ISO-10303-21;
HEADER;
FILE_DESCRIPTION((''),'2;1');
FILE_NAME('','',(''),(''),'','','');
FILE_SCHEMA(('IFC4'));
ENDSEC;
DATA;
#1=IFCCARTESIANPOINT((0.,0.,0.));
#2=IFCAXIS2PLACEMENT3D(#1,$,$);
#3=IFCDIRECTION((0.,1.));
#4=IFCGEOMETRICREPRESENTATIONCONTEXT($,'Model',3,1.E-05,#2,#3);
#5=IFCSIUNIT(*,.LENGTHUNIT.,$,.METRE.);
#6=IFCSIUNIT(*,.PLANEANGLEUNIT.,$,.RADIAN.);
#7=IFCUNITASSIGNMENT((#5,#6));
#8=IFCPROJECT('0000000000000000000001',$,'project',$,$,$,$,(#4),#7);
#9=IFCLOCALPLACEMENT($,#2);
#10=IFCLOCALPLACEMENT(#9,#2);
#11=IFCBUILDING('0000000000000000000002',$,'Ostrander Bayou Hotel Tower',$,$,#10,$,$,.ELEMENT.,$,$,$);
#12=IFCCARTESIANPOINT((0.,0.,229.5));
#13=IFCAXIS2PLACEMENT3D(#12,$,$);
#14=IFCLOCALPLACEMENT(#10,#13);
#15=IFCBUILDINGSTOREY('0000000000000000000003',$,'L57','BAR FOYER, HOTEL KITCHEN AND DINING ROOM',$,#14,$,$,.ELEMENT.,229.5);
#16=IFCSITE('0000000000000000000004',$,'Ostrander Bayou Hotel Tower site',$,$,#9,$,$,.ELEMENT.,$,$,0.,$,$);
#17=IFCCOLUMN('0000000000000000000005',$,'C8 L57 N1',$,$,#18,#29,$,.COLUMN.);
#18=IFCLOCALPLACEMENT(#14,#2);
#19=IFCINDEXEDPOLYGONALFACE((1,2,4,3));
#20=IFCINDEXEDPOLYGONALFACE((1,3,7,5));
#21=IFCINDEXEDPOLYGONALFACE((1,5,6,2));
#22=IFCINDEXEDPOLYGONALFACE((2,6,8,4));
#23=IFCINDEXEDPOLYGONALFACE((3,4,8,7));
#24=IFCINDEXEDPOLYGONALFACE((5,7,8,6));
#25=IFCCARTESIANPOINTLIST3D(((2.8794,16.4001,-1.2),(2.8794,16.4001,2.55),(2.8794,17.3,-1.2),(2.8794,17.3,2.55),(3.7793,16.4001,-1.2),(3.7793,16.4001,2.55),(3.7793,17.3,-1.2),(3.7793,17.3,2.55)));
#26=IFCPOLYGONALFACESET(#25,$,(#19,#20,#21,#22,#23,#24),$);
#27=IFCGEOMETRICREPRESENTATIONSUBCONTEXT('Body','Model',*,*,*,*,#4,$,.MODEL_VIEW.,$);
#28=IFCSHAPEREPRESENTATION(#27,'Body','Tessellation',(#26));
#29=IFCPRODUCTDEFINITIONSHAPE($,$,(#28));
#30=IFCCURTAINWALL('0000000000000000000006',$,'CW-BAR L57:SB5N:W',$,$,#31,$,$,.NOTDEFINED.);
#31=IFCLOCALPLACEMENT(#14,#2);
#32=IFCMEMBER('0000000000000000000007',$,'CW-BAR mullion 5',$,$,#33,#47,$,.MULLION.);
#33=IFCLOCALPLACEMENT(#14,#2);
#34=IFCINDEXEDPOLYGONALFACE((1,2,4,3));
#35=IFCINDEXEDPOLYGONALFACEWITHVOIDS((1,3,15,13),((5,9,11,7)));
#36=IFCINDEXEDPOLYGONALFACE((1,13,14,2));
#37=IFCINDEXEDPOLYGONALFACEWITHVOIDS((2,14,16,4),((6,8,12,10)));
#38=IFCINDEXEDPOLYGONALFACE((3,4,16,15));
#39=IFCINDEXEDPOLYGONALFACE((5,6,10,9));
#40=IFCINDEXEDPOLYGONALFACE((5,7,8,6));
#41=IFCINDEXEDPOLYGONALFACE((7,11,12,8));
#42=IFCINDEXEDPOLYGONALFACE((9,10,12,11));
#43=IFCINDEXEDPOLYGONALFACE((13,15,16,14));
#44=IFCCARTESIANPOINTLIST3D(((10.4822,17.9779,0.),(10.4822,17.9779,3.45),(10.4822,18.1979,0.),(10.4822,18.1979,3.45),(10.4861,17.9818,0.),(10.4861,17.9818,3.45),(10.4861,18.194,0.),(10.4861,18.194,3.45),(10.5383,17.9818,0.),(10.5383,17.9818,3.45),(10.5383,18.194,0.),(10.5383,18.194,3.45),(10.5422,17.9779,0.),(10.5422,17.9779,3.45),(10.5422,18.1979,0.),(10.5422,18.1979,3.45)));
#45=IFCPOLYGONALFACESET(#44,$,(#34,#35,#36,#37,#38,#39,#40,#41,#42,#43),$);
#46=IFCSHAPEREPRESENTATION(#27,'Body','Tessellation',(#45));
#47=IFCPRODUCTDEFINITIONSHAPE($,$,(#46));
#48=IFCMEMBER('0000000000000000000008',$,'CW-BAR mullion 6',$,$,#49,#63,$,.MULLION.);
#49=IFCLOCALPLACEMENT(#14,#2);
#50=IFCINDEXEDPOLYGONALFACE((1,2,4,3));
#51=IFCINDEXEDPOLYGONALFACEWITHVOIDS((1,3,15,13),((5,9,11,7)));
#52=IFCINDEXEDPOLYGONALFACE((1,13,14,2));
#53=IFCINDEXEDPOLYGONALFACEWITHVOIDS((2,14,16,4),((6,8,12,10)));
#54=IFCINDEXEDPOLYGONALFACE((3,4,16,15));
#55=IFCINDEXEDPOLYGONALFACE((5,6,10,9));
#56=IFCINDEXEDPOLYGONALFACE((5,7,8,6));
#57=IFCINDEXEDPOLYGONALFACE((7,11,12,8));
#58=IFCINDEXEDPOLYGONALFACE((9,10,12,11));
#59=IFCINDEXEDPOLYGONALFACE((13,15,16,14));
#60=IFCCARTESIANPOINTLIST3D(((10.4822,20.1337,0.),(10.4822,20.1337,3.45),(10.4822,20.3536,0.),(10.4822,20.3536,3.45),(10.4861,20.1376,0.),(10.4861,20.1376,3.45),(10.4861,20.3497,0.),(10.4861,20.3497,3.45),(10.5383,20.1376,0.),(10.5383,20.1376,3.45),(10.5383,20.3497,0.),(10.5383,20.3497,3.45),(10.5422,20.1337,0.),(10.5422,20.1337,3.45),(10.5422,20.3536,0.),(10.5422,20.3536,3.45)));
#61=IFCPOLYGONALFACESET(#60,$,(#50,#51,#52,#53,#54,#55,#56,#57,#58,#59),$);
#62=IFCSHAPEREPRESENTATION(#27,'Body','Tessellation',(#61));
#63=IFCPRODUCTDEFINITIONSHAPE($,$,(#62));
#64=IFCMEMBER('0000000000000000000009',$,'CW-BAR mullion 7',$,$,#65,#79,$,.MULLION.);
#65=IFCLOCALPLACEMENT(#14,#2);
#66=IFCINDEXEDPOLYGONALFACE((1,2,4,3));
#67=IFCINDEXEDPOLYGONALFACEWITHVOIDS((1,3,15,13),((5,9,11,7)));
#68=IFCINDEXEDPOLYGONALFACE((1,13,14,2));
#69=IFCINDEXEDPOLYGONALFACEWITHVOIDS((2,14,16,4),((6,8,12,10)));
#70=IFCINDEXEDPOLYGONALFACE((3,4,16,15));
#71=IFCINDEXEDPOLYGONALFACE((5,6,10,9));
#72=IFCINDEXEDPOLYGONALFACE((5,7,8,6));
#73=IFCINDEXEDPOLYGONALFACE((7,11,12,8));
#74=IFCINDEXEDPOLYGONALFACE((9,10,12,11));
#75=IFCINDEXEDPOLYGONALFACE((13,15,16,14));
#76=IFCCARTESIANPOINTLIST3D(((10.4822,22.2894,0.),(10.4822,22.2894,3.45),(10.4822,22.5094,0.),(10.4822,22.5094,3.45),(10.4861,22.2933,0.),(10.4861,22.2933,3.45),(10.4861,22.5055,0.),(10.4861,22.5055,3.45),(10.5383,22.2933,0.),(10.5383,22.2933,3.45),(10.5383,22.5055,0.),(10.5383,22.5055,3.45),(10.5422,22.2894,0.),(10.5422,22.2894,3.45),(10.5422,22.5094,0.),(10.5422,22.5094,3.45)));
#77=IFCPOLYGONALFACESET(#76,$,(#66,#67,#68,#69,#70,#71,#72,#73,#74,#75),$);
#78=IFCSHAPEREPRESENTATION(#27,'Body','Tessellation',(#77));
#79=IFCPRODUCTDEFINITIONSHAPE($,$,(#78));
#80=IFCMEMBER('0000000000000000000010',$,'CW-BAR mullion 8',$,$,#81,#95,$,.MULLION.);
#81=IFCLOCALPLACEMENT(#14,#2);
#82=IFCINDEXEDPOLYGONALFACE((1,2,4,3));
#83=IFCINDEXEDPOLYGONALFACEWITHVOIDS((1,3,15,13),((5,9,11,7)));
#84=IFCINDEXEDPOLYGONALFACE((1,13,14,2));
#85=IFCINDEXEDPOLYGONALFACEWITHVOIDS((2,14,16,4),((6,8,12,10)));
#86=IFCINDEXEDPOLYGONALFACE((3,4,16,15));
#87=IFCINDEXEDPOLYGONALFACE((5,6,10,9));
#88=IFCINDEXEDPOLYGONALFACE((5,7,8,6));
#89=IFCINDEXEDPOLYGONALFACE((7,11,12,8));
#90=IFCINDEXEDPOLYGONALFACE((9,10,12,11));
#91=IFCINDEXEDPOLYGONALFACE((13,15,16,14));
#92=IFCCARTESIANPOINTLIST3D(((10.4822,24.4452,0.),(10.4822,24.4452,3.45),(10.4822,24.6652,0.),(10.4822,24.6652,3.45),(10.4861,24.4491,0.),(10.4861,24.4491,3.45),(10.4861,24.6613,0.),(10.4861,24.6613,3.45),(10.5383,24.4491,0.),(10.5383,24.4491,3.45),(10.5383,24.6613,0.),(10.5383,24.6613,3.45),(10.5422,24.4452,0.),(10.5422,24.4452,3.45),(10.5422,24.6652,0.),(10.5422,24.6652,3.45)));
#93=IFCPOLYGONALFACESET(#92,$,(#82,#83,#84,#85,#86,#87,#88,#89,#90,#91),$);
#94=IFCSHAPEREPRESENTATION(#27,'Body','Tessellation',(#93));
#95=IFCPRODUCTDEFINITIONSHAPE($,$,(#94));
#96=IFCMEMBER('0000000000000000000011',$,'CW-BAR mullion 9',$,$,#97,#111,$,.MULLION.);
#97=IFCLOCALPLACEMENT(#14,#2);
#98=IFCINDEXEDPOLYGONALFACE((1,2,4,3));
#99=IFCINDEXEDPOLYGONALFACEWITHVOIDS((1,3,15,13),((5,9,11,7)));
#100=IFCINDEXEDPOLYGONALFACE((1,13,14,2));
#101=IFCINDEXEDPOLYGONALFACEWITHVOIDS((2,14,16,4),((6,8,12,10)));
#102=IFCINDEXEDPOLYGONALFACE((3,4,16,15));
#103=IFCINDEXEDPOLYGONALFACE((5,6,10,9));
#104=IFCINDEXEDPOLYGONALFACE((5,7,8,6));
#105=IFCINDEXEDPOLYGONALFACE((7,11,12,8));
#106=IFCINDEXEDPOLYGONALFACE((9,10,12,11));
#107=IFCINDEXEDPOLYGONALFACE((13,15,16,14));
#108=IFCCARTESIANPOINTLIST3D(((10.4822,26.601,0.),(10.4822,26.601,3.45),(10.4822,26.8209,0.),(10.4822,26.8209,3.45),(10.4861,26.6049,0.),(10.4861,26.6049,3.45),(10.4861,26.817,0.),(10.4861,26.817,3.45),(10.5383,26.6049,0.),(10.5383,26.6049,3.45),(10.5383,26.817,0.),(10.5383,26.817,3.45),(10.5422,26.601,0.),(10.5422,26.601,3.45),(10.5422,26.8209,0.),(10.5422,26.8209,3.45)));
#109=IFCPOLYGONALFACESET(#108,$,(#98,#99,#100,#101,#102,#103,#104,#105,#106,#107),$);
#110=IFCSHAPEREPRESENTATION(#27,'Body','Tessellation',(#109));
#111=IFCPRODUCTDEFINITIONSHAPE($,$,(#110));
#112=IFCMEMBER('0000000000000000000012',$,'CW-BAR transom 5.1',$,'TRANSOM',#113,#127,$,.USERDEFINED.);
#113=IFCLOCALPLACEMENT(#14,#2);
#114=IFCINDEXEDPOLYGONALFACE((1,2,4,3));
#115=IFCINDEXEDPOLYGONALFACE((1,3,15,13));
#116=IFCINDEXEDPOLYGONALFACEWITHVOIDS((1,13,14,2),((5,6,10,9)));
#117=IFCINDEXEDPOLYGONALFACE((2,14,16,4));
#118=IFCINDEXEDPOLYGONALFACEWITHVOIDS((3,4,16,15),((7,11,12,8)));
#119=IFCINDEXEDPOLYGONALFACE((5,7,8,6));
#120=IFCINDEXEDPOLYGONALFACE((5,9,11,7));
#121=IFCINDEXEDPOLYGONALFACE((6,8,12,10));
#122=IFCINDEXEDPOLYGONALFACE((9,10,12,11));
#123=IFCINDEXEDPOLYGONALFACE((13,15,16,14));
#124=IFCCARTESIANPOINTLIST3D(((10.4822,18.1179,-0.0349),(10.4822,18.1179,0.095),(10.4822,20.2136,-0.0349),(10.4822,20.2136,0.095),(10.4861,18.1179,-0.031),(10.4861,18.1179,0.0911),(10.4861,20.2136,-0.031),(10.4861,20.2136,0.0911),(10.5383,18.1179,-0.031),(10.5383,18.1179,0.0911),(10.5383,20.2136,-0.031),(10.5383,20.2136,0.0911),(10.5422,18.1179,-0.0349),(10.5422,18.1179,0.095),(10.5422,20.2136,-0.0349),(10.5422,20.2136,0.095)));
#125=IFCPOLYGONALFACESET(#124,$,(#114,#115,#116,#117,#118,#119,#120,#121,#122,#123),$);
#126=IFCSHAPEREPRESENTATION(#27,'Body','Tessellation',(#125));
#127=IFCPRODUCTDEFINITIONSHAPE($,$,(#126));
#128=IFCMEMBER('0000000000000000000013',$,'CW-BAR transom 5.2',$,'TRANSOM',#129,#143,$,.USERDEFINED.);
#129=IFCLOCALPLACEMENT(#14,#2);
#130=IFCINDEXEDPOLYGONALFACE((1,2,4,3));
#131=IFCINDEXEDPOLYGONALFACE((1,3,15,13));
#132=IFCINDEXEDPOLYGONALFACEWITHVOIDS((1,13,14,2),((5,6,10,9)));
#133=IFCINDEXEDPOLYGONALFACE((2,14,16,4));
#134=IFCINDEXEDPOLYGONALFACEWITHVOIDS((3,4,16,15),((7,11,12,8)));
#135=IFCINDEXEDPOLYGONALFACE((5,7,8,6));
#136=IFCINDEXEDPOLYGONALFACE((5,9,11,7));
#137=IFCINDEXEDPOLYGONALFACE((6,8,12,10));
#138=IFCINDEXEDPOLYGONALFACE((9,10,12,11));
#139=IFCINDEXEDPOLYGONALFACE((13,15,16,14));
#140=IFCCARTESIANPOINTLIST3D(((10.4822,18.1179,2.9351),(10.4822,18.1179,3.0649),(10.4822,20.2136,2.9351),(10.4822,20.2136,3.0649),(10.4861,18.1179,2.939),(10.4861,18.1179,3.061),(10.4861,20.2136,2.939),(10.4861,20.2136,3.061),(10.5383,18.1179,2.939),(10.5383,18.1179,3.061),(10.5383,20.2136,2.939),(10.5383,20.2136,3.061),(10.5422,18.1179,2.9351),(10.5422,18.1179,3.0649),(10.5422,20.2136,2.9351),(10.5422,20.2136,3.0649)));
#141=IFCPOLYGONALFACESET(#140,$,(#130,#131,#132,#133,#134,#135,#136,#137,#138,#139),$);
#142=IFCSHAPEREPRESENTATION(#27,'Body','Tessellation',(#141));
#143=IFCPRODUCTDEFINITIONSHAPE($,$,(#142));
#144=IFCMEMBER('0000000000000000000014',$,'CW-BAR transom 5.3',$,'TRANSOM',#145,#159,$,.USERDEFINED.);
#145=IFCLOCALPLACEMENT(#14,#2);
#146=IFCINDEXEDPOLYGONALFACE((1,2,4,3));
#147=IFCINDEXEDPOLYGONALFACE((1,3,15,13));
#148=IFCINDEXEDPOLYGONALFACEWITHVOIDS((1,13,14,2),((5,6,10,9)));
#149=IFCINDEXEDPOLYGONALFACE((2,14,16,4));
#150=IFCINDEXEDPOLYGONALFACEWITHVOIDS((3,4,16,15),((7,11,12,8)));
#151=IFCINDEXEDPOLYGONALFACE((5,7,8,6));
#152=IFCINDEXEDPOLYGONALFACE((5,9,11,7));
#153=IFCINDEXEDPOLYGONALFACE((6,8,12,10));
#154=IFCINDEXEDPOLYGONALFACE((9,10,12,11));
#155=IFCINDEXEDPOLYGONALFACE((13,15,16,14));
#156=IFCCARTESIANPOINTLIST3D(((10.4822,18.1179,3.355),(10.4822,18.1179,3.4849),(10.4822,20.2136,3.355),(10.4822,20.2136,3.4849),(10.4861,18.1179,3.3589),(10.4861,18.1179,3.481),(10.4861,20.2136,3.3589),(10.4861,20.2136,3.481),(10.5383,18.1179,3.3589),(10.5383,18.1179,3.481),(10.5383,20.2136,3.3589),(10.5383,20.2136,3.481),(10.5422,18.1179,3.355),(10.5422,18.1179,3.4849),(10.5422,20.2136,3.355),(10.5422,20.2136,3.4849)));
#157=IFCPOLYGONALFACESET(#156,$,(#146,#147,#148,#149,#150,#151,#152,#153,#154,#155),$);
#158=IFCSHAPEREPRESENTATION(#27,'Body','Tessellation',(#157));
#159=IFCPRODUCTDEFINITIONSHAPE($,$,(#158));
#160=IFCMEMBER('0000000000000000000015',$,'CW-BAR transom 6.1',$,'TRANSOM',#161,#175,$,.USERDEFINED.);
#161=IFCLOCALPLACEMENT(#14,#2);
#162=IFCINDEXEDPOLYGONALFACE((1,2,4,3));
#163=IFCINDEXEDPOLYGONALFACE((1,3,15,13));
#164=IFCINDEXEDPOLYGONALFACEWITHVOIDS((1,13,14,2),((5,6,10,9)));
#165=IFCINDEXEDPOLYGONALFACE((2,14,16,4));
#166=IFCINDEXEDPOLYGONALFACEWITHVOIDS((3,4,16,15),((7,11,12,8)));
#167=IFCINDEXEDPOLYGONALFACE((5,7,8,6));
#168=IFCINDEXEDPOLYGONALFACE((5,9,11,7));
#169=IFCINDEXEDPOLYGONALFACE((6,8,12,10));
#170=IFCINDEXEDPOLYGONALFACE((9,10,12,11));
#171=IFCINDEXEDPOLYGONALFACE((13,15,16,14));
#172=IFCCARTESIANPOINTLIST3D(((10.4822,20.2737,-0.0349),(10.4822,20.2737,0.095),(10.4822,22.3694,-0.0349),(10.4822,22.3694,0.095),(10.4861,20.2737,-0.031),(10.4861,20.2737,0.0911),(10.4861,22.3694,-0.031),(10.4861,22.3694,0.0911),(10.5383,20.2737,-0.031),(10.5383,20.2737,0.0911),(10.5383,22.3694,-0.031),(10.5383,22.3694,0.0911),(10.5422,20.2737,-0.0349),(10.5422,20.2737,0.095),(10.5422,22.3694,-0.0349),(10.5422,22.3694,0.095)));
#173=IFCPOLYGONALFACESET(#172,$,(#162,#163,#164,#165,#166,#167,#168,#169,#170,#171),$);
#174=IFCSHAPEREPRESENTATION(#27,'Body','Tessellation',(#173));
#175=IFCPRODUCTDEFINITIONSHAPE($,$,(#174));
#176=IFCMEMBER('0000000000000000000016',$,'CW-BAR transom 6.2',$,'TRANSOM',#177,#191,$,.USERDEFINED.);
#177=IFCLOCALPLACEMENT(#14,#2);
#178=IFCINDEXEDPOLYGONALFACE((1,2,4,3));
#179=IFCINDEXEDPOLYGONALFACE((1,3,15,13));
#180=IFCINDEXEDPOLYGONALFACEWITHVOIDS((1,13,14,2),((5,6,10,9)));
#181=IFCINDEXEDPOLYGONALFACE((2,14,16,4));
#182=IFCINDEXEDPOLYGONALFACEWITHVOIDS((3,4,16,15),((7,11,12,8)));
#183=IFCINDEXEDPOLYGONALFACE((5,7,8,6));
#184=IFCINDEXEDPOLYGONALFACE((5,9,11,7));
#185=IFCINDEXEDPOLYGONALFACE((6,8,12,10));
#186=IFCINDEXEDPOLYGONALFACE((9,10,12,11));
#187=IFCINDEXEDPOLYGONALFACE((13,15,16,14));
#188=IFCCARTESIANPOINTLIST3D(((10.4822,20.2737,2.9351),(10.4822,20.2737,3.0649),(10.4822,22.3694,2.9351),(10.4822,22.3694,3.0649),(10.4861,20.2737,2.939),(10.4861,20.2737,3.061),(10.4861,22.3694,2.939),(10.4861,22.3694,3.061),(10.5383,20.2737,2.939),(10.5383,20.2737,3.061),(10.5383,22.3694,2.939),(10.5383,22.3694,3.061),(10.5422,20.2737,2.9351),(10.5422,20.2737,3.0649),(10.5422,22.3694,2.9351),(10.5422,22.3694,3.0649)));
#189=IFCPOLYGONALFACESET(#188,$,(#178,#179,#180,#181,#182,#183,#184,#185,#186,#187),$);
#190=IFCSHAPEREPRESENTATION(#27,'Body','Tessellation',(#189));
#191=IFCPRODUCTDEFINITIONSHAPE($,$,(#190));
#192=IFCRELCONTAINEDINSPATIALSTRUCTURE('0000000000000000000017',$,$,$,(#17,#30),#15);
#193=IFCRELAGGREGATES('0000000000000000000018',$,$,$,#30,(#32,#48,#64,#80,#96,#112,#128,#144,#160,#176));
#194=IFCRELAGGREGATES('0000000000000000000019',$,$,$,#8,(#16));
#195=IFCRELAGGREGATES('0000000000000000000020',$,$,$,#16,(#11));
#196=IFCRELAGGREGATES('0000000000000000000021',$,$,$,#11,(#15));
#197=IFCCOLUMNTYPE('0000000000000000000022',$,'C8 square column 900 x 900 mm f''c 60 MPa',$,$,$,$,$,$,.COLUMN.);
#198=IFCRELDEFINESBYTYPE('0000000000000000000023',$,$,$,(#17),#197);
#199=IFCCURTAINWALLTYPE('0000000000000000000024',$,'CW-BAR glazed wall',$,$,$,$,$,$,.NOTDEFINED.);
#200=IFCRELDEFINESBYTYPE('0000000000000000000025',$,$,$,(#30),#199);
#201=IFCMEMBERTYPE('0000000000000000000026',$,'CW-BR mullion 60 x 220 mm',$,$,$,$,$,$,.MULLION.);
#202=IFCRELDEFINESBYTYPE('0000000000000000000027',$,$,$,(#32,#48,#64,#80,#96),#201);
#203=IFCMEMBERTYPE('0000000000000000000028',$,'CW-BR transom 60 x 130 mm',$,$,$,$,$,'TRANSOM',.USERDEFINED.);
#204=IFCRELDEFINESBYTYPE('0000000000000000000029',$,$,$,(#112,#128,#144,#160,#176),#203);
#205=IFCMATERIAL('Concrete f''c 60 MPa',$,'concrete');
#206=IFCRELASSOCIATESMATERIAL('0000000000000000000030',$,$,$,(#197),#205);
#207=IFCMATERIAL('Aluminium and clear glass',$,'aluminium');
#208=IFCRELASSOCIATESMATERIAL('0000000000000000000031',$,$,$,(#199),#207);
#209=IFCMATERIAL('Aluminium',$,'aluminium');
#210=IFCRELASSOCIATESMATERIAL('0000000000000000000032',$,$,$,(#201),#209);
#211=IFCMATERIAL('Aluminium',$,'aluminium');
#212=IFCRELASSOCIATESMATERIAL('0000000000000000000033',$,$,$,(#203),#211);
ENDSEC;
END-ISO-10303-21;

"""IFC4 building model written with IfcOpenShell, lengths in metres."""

from ifc_helpers import new_model, si_unit, direction, frame, origin, origin_2d, place, context, subcontext, project, spatial, rectangle, hollow_rectangle, extrude, material, material_profile, profile_set, type_object, element, aggregate, save


model = new_model("IFC4")

# Units and contexts
model_context = context("Model", 3, precision=1e-05, world=origin(), true_north=direction((0.0, 1.0)))
body_context = subcontext(model_context, "Body", "Model", "MODEL_VIEW")
ifc_project = project(units=[si_unit("LENGTHUNIT", "METRE"), si_unit("PLANEANGLEUNIT", "RADIAN")], contexts=[model_context])

# Site, building, storey
site_placement = place(None, origin())
site = spatial("IfcSite", under=ifc_project, at=site_placement, Name="Ostrander Bayou Hotel Tower site", CompositionType="ELEMENT", RefElevation=0.0)
building_placement = place(site_placement, origin())
building = spatial("IfcBuilding", under=site, at=building_placement, Name="Ostrander Bayou Hotel Tower", CompositionType="ELEMENT")
storey_placement = place(building_placement, frame((0.0, 0.0, 229.5)))
storey = spatial("IfcBuildingStorey", under=building, at=storey_placement, Name="L57", Description="BAR FOYER, HOTEL KITCHEN AND DINING ROOM", CompositionType="ELEMENT", Elevation=229.5)

# Column
ifc_material_1 = material(Name="Concrete f'c 60 MPa", Category="concrete")
ifc_material_profile_1 = material_profile(ifc_material_1, rectangle(XDim=0.8999, YDim=0.8999, at=origin_2d()))
ifc_profile_set_1 = profile_set([ifc_material_profile_1], Name="Concrete f'c 60 MPa")
column_type = type_object("IfcColumnType", Name="C8 square column 900 x 900 mm f'c 60 MPa", PredefinedType="COLUMN", material=ifc_profile_set_1)
column_placement = place(storey_placement, frame((3.3293, 16.8501, -1.2), z_axis=(0.0, 0.0, 1.0), x_axis=(1.0, 0.0, 0.0)))
element("IfcColumn", 1, at=column_placement, inside=storey, type_object=column_type, Name="C8 L57 N1", PredefinedType="COLUMN", context=body_context, shape_type="SweptSolid", body=[
    extrude(rectangle(XDim=0.8999, YDim=0.8999, at=origin_2d()), origin(), (0.0, 0.0, 1.0), 3.75),
])

# Curtain wall, members
ifc_material_2 = material(Name="Aluminium and clear glass", Category="aluminium")
curtain_wall_type = type_object("IfcCurtainWallType", Name="CW-BAR glazed wall", PredefinedType="NOTDEFINED", material=ifc_material_2)
curtain_wall_placement = place(storey_placement, origin())
curtain_wall = element("IfcCurtainWall", 2, at=curtain_wall_placement, inside=storey, type_object=curtain_wall_type, Name="CW-BAR L57:SB5N:W", PredefinedType="NOTDEFINED")
ifc_material_3 = material(Name="Aluminium", Category="aluminium")
ifc_material_profile_2 = material_profile(ifc_material_3, hollow_rectangle(XDim=0.0601, YDim=0.22, WallThickness=0.0039, at=origin_2d()))
ifc_profile_set_2 = profile_set([ifc_material_profile_2], Name="Aluminium")
member_type_1 = type_object("IfcMemberType", Name="CW-BR mullion 60 x 220 mm", PredefinedType="MULLION", material=ifc_profile_set_2)
member_1_placement = place(storey_placement, frame((10.5122, 18.0879, 0.0), z_axis=(0.0, 0.0, 1.0), x_axis=(-1.0, 0.0, 0.0)))
member_1 = element("IfcMember", 3, at=member_1_placement, type_object=member_type_1, Name="CW-BAR mullion 5", PredefinedType="MULLION", context=body_context, shape_type="SweptSolid", body=[
    extrude(hollow_rectangle(XDim=0.0601, YDim=0.22, WallThickness=0.0039, at=origin_2d()), origin(), (0.0, 0.0, 1.0), 3.45),
])
member_2_placement = place(storey_placement, frame((10.5122, 20.2437, 0.0), z_axis=(0.0, 0.0, 1.0), x_axis=(-1.0, 0.0, 0.0)))
member_2 = element("IfcMember", 4, at=member_2_placement, type_object=member_type_1, Name="CW-BAR mullion 6", PredefinedType="MULLION", context=body_context, shape_type="SweptSolid", body=[
    extrude(hollow_rectangle(XDim=0.0601, YDim=0.22, WallThickness=0.0039, at=origin_2d()), origin(), (0.0, 0.0, 1.0), 3.45),
])
member_3_placement = place(storey_placement, frame((10.5122, 22.3994, 0.0), z_axis=(0.0, 0.0, 1.0), x_axis=(-1.0, 0.0, 0.0)))
member_3 = element("IfcMember", 5, at=member_3_placement, type_object=member_type_1, Name="CW-BAR mullion 7", PredefinedType="MULLION", context=body_context, shape_type="SweptSolid", body=[
    extrude(hollow_rectangle(XDim=0.0601, YDim=0.22, WallThickness=0.0039, at=origin_2d()), origin(), (0.0, 0.0, 1.0), 3.45),
])
member_4_placement = place(storey_placement, frame((10.5122, 24.5552, 0.0), z_axis=(0.0, 0.0, 1.0), x_axis=(-1.0, 0.0, 0.0)))
member_4 = element("IfcMember", 6, at=member_4_placement, type_object=member_type_1, Name="CW-BAR mullion 8", PredefinedType="MULLION", context=body_context, shape_type="SweptSolid", body=[
    extrude(hollow_rectangle(XDim=0.0601, YDim=0.22, WallThickness=0.0039, at=origin_2d()), origin(), (0.0, 0.0, 1.0), 3.45),
])
member_5_placement = place(storey_placement, frame((10.5122, 26.7109, 0.0), z_axis=(0.0, 0.0, 1.0), x_axis=(-1.0, 0.0, 0.0)))
member_5 = element("IfcMember", 7, at=member_5_placement, type_object=member_type_1, Name="CW-BAR mullion 9", PredefinedType="MULLION", context=body_context, shape_type="SweptSolid", body=[
    extrude(hollow_rectangle(XDim=0.0601, YDim=0.22, WallThickness=0.0039, at=origin_2d()), origin(), (0.0, 0.0, 1.0), 3.45),
])
ifc_material_4 = material(Name="Aluminium", Category="aluminium")
ifc_material_profile_3 = material_profile(ifc_material_4, hollow_rectangle(XDim=0.0601, YDim=0.1299, WallThickness=0.0039, at=origin_2d()))
ifc_profile_set_3 = profile_set([ifc_material_profile_3], Name="Aluminium")
member_type_2 = type_object("IfcMemberType", Name="CW-BR transom 60 x 130 mm", ElementType="TRANSOM", PredefinedType="USERDEFINED", material=ifc_profile_set_3)
member_6_placement = place(storey_placement, frame((10.5122, 18.1179, 0.03), z_axis=(0.0, 1.0, 0.0), x_axis=(-1.0, 0.0, 0.0)))
member_6 = element("IfcMember", 8, at=member_6_placement, type_object=member_type_2, Name="CW-BAR transom 5.1", ObjectType="TRANSOM", PredefinedType="USERDEFINED", context=body_context, shape_type="SweptSolid", body=[
    extrude(hollow_rectangle(XDim=0.0601, YDim=0.1299, WallThickness=0.0039, at=origin_2d()), origin(), (0.0, 0.0, 1.0), 2.0957),
])
member_7_placement = place(storey_placement, frame((10.5122, 18.1179, 3.0), z_axis=(0.0, 1.0, 0.0), x_axis=(-1.0, 0.0, 0.0)))
member_7 = element("IfcMember", 9, at=member_7_placement, type_object=member_type_2, Name="CW-BAR transom 5.2", ObjectType="TRANSOM", PredefinedType="USERDEFINED", context=body_context, shape_type="SweptSolid", body=[
    extrude(hollow_rectangle(XDim=0.0601, YDim=0.1299, WallThickness=0.0039, at=origin_2d()), origin(), (0.0, 0.0, 1.0), 2.0957),
])
member_8_placement = place(storey_placement, frame((10.5122, 18.1179, 3.4199), z_axis=(0.0, 1.0, 0.0), x_axis=(-1.0, 0.0, 0.0)))
member_8 = element("IfcMember", 10, at=member_8_placement, type_object=member_type_2, Name="CW-BAR transom 5.3", ObjectType="TRANSOM", PredefinedType="USERDEFINED", context=body_context, shape_type="SweptSolid", body=[
    extrude(hollow_rectangle(XDim=0.0601, YDim=0.1299, WallThickness=0.0039, at=origin_2d()), origin(), (0.0, 0.0, 1.0), 2.0957),
])
member_9_placement = place(storey_placement, frame((10.5122, 20.2737, 0.03), z_axis=(0.0, 1.0, 0.0), x_axis=(-1.0, 0.0, 0.0)))
member_9 = element("IfcMember", 11, at=member_9_placement, type_object=member_type_2, Name="CW-BAR transom 6.1", ObjectType="TRANSOM", PredefinedType="USERDEFINED", context=body_context, shape_type="SweptSolid", body=[
    extrude(hollow_rectangle(XDim=0.0601, YDim=0.1299, WallThickness=0.0039, at=origin_2d()), origin(), (0.0, 0.0, 1.0), 2.0957),
])
member_10_placement = place(storey_placement, frame((10.5122, 20.2737, 3.0), z_axis=(0.0, 1.0, 0.0), x_axis=(-1.0, 0.0, 0.0)))
member_10 = element("IfcMember", 12, at=member_10_placement, type_object=member_type_2, Name="CW-BAR transom 6.2", ObjectType="TRANSOM", PredefinedType="USERDEFINED", context=body_context, shape_type="SweptSolid", body=[
    extrude(hollow_rectangle(XDim=0.0601, YDim=0.1299, WallThickness=0.0039, at=origin_2d()), origin(), (0.0, 0.0, 1.0), 2.0957),
])

aggregate(curtain_wall, [member_1, member_2, member_3, member_4, member_5, member_6, member_7, member_8, member_9, member_10])

save(model, "model.ifc")
